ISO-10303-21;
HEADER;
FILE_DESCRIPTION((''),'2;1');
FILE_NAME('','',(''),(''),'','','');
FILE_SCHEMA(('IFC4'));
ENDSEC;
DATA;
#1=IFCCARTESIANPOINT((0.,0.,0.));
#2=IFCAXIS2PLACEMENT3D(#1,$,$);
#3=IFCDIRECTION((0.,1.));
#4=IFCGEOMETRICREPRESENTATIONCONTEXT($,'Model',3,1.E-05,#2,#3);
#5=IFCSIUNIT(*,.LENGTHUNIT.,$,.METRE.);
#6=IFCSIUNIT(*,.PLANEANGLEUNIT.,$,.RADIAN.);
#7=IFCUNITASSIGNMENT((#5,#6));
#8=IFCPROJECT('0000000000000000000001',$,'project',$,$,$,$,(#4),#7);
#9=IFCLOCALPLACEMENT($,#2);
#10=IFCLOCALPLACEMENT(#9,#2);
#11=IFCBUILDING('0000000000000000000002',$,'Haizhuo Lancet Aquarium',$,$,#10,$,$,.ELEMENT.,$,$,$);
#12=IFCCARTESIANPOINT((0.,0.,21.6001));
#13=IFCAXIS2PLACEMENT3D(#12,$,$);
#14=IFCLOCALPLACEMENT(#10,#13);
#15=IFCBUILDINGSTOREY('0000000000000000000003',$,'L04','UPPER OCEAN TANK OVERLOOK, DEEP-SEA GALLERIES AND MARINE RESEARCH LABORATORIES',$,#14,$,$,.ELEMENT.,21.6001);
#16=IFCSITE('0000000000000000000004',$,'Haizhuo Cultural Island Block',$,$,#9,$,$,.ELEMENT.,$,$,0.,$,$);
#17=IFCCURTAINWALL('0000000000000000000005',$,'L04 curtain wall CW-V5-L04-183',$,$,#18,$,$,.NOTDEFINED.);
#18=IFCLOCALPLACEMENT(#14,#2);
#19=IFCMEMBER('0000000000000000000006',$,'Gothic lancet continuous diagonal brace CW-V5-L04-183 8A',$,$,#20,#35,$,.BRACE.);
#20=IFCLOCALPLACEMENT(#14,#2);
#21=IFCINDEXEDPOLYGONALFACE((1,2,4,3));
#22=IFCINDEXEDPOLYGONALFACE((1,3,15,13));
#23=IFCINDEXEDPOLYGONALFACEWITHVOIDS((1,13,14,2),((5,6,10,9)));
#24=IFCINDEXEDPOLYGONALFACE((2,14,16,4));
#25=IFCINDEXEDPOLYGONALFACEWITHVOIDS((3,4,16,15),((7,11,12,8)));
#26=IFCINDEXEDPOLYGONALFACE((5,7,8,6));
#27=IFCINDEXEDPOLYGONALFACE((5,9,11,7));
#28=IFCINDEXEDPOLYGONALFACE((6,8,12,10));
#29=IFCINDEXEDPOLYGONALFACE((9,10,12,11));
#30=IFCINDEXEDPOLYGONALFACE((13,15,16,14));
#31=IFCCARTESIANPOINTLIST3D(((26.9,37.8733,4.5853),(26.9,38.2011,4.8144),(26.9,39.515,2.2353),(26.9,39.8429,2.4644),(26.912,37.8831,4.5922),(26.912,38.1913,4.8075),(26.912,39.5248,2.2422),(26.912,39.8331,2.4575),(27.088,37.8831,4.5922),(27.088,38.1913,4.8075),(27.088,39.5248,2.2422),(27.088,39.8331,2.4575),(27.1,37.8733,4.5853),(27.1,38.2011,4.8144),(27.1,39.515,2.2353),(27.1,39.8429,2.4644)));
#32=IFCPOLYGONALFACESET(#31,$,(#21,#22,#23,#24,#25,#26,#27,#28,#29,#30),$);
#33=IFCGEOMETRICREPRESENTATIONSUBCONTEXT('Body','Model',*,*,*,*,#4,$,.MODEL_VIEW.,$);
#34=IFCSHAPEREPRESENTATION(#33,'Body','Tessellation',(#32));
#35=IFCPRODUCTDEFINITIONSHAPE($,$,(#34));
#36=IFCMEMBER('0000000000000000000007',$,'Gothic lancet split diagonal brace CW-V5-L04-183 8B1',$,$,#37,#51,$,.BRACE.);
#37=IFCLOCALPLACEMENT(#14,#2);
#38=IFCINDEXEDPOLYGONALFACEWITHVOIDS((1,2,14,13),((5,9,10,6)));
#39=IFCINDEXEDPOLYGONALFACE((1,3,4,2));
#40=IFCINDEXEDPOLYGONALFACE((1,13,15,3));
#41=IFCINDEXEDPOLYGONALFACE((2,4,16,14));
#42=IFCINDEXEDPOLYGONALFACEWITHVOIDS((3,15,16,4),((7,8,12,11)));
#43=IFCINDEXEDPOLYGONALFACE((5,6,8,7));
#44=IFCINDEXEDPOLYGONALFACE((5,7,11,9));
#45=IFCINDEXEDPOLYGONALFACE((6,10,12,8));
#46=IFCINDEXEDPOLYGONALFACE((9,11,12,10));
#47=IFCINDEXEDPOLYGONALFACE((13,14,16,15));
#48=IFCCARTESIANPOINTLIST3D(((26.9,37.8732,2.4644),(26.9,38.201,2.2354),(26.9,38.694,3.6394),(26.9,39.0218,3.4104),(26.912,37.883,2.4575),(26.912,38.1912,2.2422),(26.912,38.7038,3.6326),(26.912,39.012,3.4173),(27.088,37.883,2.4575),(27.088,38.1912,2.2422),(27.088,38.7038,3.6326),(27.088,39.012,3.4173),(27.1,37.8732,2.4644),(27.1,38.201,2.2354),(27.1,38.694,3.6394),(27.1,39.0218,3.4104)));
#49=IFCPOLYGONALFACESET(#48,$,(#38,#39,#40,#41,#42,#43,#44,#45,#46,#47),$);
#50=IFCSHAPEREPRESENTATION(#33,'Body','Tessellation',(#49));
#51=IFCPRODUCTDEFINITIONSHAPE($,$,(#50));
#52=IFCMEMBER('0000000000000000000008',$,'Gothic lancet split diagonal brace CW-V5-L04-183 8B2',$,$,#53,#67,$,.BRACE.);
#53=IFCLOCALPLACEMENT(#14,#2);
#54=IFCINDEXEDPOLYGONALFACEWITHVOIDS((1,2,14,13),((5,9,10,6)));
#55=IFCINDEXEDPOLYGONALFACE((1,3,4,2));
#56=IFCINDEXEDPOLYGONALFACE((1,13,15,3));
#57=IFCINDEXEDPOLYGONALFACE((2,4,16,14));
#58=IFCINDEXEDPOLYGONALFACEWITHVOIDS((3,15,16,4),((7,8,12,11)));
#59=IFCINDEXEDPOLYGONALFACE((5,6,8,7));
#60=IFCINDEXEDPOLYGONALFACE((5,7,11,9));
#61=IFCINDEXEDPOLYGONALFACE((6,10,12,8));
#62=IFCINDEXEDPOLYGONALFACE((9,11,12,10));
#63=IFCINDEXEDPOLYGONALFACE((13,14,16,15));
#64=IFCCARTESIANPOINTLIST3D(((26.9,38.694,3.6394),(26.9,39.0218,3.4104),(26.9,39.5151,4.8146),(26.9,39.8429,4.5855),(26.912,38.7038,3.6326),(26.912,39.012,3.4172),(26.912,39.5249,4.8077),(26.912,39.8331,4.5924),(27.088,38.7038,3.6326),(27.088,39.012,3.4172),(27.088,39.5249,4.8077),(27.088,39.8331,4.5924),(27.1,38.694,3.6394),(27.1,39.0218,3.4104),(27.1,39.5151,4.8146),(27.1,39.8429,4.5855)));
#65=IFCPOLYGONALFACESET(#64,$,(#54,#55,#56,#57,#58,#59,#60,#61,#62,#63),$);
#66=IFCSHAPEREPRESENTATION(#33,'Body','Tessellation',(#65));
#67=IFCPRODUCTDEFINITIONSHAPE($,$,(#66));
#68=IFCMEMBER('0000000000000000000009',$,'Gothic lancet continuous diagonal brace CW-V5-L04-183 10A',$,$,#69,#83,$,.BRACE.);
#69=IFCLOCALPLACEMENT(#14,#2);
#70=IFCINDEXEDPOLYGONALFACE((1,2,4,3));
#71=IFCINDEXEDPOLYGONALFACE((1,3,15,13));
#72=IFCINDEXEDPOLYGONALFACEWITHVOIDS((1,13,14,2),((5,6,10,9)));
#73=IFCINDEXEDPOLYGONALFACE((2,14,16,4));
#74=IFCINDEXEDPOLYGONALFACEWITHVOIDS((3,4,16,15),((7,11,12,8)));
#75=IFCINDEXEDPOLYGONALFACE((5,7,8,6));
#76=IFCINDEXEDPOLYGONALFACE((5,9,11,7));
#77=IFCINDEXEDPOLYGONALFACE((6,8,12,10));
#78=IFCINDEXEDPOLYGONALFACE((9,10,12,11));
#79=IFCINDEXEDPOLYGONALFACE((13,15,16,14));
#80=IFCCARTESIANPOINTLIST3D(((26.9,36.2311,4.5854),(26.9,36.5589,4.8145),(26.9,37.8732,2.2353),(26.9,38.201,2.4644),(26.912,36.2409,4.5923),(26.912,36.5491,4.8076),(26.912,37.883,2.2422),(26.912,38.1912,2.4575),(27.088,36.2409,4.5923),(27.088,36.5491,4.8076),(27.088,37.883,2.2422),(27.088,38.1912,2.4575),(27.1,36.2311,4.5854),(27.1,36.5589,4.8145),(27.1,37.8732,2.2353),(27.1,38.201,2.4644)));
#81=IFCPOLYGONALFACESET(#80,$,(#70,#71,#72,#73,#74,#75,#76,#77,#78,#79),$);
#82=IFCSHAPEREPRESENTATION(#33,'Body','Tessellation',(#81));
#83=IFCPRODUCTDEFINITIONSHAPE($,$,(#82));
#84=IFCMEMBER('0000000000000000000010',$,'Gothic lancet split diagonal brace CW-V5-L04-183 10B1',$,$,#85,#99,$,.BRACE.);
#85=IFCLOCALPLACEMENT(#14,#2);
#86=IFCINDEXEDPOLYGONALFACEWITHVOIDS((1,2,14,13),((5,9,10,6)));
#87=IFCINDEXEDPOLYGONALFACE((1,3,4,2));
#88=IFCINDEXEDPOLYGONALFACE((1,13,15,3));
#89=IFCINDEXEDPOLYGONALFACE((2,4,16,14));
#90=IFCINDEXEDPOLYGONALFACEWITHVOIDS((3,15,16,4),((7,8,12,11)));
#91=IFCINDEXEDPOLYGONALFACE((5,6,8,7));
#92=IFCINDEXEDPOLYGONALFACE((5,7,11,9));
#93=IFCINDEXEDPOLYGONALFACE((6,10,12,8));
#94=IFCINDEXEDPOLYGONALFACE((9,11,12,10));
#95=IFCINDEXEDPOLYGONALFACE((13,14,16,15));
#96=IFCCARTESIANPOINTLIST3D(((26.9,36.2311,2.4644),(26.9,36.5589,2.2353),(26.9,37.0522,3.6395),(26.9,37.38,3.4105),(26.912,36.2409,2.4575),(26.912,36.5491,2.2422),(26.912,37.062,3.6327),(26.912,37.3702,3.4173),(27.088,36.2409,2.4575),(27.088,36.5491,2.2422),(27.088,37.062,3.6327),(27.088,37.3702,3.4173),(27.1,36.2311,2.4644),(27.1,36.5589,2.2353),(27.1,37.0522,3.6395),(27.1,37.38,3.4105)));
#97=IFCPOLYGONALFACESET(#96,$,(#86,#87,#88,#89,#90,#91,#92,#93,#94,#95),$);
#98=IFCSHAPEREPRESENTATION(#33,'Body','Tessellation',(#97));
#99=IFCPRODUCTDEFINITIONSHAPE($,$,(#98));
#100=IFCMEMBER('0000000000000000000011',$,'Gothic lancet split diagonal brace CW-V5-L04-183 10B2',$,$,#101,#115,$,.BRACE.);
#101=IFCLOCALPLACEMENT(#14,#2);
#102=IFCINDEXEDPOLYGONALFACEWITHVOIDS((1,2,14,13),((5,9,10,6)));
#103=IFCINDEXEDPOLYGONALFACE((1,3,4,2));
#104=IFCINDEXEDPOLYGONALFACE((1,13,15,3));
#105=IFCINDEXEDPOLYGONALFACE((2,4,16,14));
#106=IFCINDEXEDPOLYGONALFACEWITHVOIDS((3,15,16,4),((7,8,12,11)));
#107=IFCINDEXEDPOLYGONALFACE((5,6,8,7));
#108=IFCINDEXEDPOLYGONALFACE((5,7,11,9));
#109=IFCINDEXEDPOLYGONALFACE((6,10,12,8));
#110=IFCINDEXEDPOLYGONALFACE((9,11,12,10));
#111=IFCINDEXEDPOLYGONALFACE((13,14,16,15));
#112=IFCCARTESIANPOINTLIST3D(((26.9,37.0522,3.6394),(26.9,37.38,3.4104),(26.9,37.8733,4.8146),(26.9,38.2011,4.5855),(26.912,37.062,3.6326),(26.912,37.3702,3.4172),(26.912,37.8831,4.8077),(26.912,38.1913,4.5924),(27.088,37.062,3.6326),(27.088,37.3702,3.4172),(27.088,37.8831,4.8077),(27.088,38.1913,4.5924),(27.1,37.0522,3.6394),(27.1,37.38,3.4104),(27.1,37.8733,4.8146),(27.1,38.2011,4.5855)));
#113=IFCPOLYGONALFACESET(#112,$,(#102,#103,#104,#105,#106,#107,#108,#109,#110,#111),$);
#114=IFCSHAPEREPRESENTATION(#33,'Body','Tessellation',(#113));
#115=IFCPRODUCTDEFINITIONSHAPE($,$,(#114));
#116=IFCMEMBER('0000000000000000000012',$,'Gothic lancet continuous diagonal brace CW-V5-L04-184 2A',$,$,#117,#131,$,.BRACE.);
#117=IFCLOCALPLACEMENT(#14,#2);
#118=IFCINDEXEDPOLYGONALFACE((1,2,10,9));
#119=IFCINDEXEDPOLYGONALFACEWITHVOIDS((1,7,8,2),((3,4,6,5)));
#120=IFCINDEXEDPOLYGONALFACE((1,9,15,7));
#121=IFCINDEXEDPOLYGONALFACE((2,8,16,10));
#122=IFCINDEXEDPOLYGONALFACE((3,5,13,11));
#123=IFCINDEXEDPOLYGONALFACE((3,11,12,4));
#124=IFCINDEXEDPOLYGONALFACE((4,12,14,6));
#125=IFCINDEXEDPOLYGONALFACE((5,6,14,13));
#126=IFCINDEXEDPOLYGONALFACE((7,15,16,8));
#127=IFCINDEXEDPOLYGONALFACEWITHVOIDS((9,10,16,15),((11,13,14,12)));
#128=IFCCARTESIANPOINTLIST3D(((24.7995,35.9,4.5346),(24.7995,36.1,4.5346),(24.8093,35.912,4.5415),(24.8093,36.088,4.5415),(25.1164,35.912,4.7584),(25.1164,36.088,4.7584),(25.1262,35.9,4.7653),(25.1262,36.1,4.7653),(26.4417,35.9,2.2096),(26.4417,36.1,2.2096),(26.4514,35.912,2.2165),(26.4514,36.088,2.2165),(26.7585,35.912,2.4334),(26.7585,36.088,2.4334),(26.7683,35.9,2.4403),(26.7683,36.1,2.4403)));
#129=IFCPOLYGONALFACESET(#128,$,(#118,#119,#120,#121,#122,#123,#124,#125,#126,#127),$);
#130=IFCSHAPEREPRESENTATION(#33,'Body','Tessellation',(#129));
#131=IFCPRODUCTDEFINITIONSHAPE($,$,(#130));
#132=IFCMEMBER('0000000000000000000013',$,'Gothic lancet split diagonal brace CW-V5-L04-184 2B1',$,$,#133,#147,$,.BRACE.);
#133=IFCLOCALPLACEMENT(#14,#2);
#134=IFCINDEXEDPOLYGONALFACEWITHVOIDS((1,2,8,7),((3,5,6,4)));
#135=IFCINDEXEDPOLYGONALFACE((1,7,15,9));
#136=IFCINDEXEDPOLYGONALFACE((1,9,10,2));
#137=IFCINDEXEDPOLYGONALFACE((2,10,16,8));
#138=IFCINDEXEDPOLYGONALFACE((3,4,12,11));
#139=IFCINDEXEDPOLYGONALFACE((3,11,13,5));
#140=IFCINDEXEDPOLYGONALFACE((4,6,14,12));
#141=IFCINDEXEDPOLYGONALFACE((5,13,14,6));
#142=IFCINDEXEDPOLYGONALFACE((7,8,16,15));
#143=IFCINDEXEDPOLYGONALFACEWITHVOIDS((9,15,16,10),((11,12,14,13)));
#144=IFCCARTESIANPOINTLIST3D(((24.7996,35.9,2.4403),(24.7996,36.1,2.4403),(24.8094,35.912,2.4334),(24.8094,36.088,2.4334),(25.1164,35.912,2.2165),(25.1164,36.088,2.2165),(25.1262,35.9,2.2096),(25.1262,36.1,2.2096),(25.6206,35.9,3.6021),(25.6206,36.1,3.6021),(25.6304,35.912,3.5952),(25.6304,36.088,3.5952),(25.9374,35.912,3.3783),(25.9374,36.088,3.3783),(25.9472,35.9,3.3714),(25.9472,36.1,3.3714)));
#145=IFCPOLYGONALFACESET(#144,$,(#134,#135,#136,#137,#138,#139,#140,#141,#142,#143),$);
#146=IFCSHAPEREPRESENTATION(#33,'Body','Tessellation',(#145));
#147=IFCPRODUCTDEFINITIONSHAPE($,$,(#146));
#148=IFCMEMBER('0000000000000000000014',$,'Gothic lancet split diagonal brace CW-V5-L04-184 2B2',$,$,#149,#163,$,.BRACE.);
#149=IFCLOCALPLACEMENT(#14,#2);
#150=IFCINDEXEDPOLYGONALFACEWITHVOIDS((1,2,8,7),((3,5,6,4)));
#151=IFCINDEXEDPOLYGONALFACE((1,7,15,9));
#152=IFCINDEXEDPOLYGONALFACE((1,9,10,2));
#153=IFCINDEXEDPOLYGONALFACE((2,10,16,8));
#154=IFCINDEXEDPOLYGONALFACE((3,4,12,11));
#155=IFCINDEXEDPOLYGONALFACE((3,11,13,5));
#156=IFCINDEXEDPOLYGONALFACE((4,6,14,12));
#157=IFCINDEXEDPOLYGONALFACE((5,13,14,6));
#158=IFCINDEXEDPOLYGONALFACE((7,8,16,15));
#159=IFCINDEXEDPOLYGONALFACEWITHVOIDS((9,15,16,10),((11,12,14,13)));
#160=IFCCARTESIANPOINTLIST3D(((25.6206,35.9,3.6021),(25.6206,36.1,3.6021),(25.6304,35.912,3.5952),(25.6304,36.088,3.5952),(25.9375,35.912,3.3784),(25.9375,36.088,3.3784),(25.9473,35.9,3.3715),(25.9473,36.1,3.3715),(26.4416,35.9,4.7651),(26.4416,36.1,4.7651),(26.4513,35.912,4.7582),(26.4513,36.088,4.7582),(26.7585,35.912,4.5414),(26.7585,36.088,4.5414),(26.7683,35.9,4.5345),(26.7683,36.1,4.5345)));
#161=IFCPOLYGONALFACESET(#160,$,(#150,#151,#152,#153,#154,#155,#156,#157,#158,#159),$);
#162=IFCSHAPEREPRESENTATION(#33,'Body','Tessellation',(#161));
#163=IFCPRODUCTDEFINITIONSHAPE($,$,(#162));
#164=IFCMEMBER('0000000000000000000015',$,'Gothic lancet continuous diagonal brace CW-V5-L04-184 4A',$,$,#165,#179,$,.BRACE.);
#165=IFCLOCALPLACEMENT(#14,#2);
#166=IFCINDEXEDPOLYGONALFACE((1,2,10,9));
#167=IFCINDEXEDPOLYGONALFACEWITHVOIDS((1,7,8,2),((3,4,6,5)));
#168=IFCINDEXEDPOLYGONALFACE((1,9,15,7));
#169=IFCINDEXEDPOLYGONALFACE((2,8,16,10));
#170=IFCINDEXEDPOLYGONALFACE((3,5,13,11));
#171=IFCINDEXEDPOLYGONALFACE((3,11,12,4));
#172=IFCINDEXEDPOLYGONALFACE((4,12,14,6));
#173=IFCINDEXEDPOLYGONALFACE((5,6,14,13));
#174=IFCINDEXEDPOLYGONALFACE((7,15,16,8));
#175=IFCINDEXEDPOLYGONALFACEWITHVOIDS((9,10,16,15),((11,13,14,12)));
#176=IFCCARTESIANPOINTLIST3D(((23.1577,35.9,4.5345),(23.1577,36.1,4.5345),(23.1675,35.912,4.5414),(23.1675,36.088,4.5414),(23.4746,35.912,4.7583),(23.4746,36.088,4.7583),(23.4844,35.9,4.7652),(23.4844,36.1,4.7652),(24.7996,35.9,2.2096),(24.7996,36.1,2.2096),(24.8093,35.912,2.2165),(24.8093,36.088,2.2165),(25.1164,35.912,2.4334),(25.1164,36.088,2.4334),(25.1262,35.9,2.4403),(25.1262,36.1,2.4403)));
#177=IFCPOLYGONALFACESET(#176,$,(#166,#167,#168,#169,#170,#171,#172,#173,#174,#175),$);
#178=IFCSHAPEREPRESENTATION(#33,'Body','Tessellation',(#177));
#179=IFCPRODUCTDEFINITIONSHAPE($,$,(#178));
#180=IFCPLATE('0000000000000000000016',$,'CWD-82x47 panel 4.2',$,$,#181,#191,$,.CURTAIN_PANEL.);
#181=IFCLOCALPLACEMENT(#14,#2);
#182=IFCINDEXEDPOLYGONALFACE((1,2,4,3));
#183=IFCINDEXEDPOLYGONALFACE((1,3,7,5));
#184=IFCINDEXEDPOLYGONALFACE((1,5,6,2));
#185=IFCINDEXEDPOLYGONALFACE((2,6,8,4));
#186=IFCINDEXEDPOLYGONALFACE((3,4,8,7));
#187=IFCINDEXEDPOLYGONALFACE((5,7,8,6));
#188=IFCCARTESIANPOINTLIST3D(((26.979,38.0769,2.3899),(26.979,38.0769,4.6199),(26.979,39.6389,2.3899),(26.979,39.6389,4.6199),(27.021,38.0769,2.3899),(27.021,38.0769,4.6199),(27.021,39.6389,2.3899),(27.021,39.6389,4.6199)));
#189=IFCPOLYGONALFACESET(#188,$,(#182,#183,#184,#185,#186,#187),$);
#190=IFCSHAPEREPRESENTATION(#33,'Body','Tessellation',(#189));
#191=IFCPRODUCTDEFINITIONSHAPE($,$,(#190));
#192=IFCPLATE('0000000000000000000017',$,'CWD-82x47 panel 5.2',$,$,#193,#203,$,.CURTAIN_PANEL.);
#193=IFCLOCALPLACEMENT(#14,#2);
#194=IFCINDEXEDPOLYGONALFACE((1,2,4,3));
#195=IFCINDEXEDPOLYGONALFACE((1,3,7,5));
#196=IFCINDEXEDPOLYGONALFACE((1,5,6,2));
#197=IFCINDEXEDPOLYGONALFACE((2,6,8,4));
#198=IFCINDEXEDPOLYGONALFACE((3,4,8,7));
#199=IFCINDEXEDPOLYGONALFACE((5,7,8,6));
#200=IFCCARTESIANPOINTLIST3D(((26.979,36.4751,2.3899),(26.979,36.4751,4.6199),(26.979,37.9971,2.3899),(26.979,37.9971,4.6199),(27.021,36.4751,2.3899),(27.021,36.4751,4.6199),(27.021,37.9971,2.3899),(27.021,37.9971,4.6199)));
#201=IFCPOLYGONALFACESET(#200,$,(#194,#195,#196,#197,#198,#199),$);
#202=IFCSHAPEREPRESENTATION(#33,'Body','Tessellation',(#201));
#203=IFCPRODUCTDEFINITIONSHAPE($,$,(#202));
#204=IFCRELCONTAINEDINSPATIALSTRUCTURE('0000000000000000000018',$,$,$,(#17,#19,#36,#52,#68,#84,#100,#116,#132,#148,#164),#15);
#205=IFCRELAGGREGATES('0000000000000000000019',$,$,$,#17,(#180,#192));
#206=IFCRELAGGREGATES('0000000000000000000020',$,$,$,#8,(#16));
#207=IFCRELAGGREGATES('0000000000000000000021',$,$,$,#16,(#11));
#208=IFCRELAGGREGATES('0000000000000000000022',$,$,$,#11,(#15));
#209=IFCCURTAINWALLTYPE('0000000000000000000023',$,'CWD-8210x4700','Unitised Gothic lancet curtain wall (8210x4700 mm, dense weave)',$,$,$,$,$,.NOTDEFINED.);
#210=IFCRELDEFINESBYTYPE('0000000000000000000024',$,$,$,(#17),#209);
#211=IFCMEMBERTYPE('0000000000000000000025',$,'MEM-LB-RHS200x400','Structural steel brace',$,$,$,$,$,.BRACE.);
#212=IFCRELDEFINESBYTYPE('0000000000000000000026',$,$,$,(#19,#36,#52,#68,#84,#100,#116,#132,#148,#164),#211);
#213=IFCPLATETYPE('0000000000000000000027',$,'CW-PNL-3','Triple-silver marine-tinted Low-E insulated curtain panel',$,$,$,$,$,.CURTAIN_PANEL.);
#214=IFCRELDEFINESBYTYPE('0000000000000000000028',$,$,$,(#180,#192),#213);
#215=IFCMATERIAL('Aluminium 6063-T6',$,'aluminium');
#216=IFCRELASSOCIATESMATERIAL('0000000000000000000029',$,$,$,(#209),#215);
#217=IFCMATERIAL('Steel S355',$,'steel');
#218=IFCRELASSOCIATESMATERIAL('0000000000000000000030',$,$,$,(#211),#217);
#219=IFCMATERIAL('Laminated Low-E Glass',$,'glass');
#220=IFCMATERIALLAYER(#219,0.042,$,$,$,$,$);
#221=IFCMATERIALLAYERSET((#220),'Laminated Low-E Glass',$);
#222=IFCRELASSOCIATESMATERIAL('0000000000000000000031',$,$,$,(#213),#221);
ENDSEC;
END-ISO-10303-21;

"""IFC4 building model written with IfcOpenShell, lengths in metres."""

from ifc_helpers import new_model, si_unit, direction, frame, origin, origin_2d, place, context, subcontext, project, spatial, rectangle, hollow_rectangle, extrude, material, layer, layer_set, material_profile, profile_set, type_object, element, aggregate, save


model = new_model("IFC4")

# Units and contexts
model_context = context("Model", 3, precision=1e-05, world=origin(), true_north=direction((0.0, 1.0)))
body_context = subcontext(model_context, "Body", "Model", "MODEL_VIEW")
ifc_project = project(units=[si_unit("LENGTHUNIT", "METRE"), si_unit("PLANEANGLEUNIT", "RADIAN")], contexts=[model_context])

# Site, building, storey
site_placement = place(None, origin())
site = spatial("IfcSite", under=ifc_project, at=site_placement, Name="Haizhuo Cultural Island Block", CompositionType="ELEMENT", RefElevation=0.0)
building_placement = place(site_placement, origin())
building = spatial("IfcBuilding", under=site, at=building_placement, Name="Haizhuo Lancet Aquarium", CompositionType="ELEMENT")
storey_placement = place(building_placement, frame((0.0, 0.0, 21.6001)))
storey = spatial("IfcBuildingStorey", under=building, at=storey_placement, Name="L04", Description="UPPER OCEAN TANK OVERLOOK, DEEP-SEA GALLERIES AND MARINE RESEARCH LABORATORIES", CompositionType="ELEMENT", Elevation=21.6001)

# Curtain wall
ifc_material_1 = material(Name="Aluminium 6063-T6", Category="aluminium")
curtain_wall_type_1 = type_object("IfcCurtainWallType", Name="CWD-8210x4700", Description="Unitised Gothic lancet curtain wall (8210x4700 mm, dense weave)", PredefinedType="NOTDEFINED", material=ifc_material_1)
curtain_wall_1_placement = place(storey_placement, origin())
curtain_wall_1 = element("IfcCurtainWall", 1, at=curtain_wall_1_placement, inside=storey, type_object=curtain_wall_type_1, Name="L04 curtain wall CW-V5-L04-183", PredefinedType="NOTDEFINED")

# Members
ifc_material_2 = material(Name="Steel S355", Category="steel")
ifc_material_profile_1 = material_profile(ifc_material_2, hollow_rectangle(XDim=0.2, YDim=0.3999, WallThickness=0.012, at=origin_2d()), Name="RHS 200x400x12")
ifc_profile_set_1 = profile_set([ifc_material_profile_1], Name="Steel S355")
member_type_1 = type_object("IfcMemberType", Name="MEM-LB-RHS200x400", Description="Structural steel brace", PredefinedType="BRACE", material=ifc_profile_set_1)
member_1_placement = place(storey_placement, frame((27.0, 39.679, 2.3499), z_axis=(0.0, -0.572708, 0.81976), x_axis=(1.0, 0.0, 0.0)))
element("IfcMember", 2, at=member_1_placement, inside=storey, type_object=member_type_1, Name="Gothic lancet continuous diagonal brace CW-V5-L04-183 8A", PredefinedType="BRACE", context=body_context, shape_type="SweptSolid", body=[
    extrude(hollow_rectangle(XDim=0.2, YDim=0.3999, WallThickness=0.012, at=origin_2d()), origin(), (0.0, 0.0, 1.0), 2.8667),
])
member_2_placement = place(storey_placement, frame((27.0, 38.0371, 2.3499), z_axis=(0.0, 0.57265, 0.8198), x_axis=(-1.0, 0.0, 0.0)))
element("IfcMember", 3, at=member_2_placement, inside=storey, type_object=member_type_1, Name="Gothic lancet split diagonal brace CW-V5-L04-183 8B1", PredefinedType="BRACE", context=body_context, shape_type="SweptSolid", body=[
    extrude(hollow_rectangle(XDim=0.2, YDim=0.3999, WallThickness=0.012, at=origin_2d()), origin(), (0.0, 0.0, 1.0), 1.4333),
])
member_3_placement = place(storey_placement, frame((27.0, 38.8579, 3.5249), z_axis=(0.0, 0.572765, 0.81972), x_axis=(-1.0, 0.0, 0.0)))
element("IfcMember", 4, at=member_3_placement, inside=storey, type_object=member_type_1, Name="Gothic lancet split diagonal brace CW-V5-L04-183 8B2", PredefinedType="BRACE", context=body_context, shape_type="SweptSolid", body=[
    extrude(hollow_rectangle(XDim=0.2, YDim=0.3999, WallThickness=0.012, at=origin_2d()), origin(), (0.0, 0.0, 1.0), 1.4336),
])
member_4_placement = place(storey_placement, frame((27.0, 38.0371, 2.3499), z_axis=(0.0, -0.572765, 0.81972), x_axis=(1.0, 0.0, 0.0)))
element("IfcMember", 5, at=member_4_placement, inside=storey, type_object=member_type_1, Name="Gothic lancet continuous diagonal brace CW-V5-L04-183 10A", PredefinedType="BRACE", context=body_context, shape_type="SweptSolid", body=[
    extrude(hollow_rectangle(XDim=0.2, YDim=0.3999, WallThickness=0.012, at=origin_2d()), origin(), (0.0, 0.0, 1.0), 2.8669),
])
for number, where, z_axis, x_axis, name in (
    (6, (27.0, 36.395, 2.3499), (0.0, 0.572765, 0.81972), (-1.0, 0.0, 0.0), "Gothic lancet split diagonal brace CW-V5-L04-183 10B1"),
    (7, (27.0, 37.2161, 3.5249), (0.0, 0.572765, 0.81972), (-1.0, 0.0, 0.0), "Gothic lancet split diagonal brace CW-V5-L04-183 10B2"),
):
    element("IfcMember", number, at=place(storey_placement, frame(where, z_axis=z_axis, x_axis=x_axis)), inside=storey, type_object=member_type_1, Name=name, PredefinedType="BRACE", context=body_context, shape_type="SweptSolid", body=[
        extrude(hollow_rectangle(XDim=0.2, YDim=0.3999, WallThickness=0.012, at=origin_2d()), origin(), (0.0, 0.0, 1.0), 1.4336),
    ])
member_5_placement = place(storey_placement, frame((26.605, 36.0, 2.325), z_axis=(-0.576905, 0.0, 0.816811), x_axis=(0.0, -1.0, 0.0)))
element("IfcMember", 8, at=member_5_placement, inside=storey, type_object=member_type_1, Name="Gothic lancet continuous diagonal brace CW-V5-L04-184 2A", PredefinedType="BRACE", context=body_context, shape_type="SweptSolid", body=[
    extrude(hollow_rectangle(XDim=0.2, YDim=0.3999, WallThickness=0.012, at=origin_2d()), origin(), (0.0, 0.0, 1.0), 2.8464),
])
member_6_placement = place(storey_placement, frame((24.9629, 36.0, 2.325), z_axis=(0.577108, 0.0, 0.816668), x_axis=(0.0, 1.0, 0.0)))
element("IfcMember", 9, at=member_6_placement, inside=storey, type_object=member_type_1, Name="Gothic lancet split diagonal brace CW-V5-L04-184 2B1", PredefinedType="BRACE", context=body_context, shape_type="SweptSolid", body=[
    extrude(hollow_rectangle(XDim=0.2, YDim=0.3999, WallThickness=0.012, at=origin_2d()), origin(), (0.0, 0.0, 1.0), 1.4226),
])
member_7_placement = place(storey_placement, frame((25.7839, 36.0, 3.4868), z_axis=(0.576703, 0.0, 0.816954), x_axis=(0.0, 1.0, 0.0)))
element("IfcMember", 10, at=member_7_placement, inside=storey, type_object=member_type_1, Name="Gothic lancet split diagonal brace CW-V5-L04-184 2B2", PredefinedType="BRACE", context=body_context, shape_type="SweptSolid", body=[
    extrude(hollow_rectangle(XDim=0.2, YDim=0.3999, WallThickness=0.012, at=origin_2d()), origin(), (0.0, 0.0, 1.0), 1.4236),
])
member_8_placement = place(storey_placement, frame((24.9629, 36.0, 2.325), z_axis=(-0.576848, 0.0, 0.816851), x_axis=(0.0, -1.0, 0.0)))
element("IfcMember", 11, at=member_8_placement, inside=storey, type_object=member_type_1, Name="Gothic lancet continuous diagonal brace CW-V5-L04-184 4A", PredefinedType="BRACE", context=body_context, shape_type="SweptSolid", body=[
    extrude(hollow_rectangle(XDim=0.2, YDim=0.3999, WallThickness=0.012, at=origin_2d()), origin(), (0.0, 0.0, 1.0), 2.8462),
])

# Plates
ifc_material_3 = material(Name="Laminated Low-E Glass", Category="glass")
ifc_layer_1 = layer(ifc_material_3, 0.042)
ifc_layer_set_1 = layer_set([ifc_layer_1], Name="Laminated Low-E Glass")
plate_type_1 = type_object("IfcPlateType", Name="CW-PNL-3", Description="Triple-silver marine-tinted Low-E insulated curtain panel", PredefinedType="CURTAIN_PANEL", material=ifc_layer_set_1)
plate_1_placement = place(storey_placement, frame((27.0, 38.8579, 2.3899), z_axis=(0.0, 0.0, 1.0), x_axis=(0.0, -1.0, 0.0)))
plate_1 = element("IfcPlate", 12, at=plate_1_placement, type_object=plate_type_1, Name="CWD-82x47 panel 4.2", PredefinedType="CURTAIN_PANEL", context=body_context, shape_type="SweptSolid", body=[
    extrude(rectangle(XDim=1.562, YDim=0.042, at=origin_2d()), origin(), (0.0, 0.0, 1.0), 2.23),
])
plate_2_placement = place(storey_placement, frame((27.0, 37.2361, 2.3899), z_axis=(0.0, 0.0, 1.0), x_axis=(0.0, -1.0, 0.0)))
plate_2 = element("IfcPlate", 13, at=plate_2_placement, type_object=plate_type_1, Name="CWD-82x47 panel 5.2", PredefinedType="CURTAIN_PANEL", context=body_context, shape_type="SweptSolid", body=[
    extrude(rectangle(XDim=1.522, YDim=0.042, at=origin_2d()), origin(), (0.0, 0.0, 1.0), 2.23),
])
aggregate(curtain_wall_1, [plate_1, plate_2])

save(model, "model.ifc")
